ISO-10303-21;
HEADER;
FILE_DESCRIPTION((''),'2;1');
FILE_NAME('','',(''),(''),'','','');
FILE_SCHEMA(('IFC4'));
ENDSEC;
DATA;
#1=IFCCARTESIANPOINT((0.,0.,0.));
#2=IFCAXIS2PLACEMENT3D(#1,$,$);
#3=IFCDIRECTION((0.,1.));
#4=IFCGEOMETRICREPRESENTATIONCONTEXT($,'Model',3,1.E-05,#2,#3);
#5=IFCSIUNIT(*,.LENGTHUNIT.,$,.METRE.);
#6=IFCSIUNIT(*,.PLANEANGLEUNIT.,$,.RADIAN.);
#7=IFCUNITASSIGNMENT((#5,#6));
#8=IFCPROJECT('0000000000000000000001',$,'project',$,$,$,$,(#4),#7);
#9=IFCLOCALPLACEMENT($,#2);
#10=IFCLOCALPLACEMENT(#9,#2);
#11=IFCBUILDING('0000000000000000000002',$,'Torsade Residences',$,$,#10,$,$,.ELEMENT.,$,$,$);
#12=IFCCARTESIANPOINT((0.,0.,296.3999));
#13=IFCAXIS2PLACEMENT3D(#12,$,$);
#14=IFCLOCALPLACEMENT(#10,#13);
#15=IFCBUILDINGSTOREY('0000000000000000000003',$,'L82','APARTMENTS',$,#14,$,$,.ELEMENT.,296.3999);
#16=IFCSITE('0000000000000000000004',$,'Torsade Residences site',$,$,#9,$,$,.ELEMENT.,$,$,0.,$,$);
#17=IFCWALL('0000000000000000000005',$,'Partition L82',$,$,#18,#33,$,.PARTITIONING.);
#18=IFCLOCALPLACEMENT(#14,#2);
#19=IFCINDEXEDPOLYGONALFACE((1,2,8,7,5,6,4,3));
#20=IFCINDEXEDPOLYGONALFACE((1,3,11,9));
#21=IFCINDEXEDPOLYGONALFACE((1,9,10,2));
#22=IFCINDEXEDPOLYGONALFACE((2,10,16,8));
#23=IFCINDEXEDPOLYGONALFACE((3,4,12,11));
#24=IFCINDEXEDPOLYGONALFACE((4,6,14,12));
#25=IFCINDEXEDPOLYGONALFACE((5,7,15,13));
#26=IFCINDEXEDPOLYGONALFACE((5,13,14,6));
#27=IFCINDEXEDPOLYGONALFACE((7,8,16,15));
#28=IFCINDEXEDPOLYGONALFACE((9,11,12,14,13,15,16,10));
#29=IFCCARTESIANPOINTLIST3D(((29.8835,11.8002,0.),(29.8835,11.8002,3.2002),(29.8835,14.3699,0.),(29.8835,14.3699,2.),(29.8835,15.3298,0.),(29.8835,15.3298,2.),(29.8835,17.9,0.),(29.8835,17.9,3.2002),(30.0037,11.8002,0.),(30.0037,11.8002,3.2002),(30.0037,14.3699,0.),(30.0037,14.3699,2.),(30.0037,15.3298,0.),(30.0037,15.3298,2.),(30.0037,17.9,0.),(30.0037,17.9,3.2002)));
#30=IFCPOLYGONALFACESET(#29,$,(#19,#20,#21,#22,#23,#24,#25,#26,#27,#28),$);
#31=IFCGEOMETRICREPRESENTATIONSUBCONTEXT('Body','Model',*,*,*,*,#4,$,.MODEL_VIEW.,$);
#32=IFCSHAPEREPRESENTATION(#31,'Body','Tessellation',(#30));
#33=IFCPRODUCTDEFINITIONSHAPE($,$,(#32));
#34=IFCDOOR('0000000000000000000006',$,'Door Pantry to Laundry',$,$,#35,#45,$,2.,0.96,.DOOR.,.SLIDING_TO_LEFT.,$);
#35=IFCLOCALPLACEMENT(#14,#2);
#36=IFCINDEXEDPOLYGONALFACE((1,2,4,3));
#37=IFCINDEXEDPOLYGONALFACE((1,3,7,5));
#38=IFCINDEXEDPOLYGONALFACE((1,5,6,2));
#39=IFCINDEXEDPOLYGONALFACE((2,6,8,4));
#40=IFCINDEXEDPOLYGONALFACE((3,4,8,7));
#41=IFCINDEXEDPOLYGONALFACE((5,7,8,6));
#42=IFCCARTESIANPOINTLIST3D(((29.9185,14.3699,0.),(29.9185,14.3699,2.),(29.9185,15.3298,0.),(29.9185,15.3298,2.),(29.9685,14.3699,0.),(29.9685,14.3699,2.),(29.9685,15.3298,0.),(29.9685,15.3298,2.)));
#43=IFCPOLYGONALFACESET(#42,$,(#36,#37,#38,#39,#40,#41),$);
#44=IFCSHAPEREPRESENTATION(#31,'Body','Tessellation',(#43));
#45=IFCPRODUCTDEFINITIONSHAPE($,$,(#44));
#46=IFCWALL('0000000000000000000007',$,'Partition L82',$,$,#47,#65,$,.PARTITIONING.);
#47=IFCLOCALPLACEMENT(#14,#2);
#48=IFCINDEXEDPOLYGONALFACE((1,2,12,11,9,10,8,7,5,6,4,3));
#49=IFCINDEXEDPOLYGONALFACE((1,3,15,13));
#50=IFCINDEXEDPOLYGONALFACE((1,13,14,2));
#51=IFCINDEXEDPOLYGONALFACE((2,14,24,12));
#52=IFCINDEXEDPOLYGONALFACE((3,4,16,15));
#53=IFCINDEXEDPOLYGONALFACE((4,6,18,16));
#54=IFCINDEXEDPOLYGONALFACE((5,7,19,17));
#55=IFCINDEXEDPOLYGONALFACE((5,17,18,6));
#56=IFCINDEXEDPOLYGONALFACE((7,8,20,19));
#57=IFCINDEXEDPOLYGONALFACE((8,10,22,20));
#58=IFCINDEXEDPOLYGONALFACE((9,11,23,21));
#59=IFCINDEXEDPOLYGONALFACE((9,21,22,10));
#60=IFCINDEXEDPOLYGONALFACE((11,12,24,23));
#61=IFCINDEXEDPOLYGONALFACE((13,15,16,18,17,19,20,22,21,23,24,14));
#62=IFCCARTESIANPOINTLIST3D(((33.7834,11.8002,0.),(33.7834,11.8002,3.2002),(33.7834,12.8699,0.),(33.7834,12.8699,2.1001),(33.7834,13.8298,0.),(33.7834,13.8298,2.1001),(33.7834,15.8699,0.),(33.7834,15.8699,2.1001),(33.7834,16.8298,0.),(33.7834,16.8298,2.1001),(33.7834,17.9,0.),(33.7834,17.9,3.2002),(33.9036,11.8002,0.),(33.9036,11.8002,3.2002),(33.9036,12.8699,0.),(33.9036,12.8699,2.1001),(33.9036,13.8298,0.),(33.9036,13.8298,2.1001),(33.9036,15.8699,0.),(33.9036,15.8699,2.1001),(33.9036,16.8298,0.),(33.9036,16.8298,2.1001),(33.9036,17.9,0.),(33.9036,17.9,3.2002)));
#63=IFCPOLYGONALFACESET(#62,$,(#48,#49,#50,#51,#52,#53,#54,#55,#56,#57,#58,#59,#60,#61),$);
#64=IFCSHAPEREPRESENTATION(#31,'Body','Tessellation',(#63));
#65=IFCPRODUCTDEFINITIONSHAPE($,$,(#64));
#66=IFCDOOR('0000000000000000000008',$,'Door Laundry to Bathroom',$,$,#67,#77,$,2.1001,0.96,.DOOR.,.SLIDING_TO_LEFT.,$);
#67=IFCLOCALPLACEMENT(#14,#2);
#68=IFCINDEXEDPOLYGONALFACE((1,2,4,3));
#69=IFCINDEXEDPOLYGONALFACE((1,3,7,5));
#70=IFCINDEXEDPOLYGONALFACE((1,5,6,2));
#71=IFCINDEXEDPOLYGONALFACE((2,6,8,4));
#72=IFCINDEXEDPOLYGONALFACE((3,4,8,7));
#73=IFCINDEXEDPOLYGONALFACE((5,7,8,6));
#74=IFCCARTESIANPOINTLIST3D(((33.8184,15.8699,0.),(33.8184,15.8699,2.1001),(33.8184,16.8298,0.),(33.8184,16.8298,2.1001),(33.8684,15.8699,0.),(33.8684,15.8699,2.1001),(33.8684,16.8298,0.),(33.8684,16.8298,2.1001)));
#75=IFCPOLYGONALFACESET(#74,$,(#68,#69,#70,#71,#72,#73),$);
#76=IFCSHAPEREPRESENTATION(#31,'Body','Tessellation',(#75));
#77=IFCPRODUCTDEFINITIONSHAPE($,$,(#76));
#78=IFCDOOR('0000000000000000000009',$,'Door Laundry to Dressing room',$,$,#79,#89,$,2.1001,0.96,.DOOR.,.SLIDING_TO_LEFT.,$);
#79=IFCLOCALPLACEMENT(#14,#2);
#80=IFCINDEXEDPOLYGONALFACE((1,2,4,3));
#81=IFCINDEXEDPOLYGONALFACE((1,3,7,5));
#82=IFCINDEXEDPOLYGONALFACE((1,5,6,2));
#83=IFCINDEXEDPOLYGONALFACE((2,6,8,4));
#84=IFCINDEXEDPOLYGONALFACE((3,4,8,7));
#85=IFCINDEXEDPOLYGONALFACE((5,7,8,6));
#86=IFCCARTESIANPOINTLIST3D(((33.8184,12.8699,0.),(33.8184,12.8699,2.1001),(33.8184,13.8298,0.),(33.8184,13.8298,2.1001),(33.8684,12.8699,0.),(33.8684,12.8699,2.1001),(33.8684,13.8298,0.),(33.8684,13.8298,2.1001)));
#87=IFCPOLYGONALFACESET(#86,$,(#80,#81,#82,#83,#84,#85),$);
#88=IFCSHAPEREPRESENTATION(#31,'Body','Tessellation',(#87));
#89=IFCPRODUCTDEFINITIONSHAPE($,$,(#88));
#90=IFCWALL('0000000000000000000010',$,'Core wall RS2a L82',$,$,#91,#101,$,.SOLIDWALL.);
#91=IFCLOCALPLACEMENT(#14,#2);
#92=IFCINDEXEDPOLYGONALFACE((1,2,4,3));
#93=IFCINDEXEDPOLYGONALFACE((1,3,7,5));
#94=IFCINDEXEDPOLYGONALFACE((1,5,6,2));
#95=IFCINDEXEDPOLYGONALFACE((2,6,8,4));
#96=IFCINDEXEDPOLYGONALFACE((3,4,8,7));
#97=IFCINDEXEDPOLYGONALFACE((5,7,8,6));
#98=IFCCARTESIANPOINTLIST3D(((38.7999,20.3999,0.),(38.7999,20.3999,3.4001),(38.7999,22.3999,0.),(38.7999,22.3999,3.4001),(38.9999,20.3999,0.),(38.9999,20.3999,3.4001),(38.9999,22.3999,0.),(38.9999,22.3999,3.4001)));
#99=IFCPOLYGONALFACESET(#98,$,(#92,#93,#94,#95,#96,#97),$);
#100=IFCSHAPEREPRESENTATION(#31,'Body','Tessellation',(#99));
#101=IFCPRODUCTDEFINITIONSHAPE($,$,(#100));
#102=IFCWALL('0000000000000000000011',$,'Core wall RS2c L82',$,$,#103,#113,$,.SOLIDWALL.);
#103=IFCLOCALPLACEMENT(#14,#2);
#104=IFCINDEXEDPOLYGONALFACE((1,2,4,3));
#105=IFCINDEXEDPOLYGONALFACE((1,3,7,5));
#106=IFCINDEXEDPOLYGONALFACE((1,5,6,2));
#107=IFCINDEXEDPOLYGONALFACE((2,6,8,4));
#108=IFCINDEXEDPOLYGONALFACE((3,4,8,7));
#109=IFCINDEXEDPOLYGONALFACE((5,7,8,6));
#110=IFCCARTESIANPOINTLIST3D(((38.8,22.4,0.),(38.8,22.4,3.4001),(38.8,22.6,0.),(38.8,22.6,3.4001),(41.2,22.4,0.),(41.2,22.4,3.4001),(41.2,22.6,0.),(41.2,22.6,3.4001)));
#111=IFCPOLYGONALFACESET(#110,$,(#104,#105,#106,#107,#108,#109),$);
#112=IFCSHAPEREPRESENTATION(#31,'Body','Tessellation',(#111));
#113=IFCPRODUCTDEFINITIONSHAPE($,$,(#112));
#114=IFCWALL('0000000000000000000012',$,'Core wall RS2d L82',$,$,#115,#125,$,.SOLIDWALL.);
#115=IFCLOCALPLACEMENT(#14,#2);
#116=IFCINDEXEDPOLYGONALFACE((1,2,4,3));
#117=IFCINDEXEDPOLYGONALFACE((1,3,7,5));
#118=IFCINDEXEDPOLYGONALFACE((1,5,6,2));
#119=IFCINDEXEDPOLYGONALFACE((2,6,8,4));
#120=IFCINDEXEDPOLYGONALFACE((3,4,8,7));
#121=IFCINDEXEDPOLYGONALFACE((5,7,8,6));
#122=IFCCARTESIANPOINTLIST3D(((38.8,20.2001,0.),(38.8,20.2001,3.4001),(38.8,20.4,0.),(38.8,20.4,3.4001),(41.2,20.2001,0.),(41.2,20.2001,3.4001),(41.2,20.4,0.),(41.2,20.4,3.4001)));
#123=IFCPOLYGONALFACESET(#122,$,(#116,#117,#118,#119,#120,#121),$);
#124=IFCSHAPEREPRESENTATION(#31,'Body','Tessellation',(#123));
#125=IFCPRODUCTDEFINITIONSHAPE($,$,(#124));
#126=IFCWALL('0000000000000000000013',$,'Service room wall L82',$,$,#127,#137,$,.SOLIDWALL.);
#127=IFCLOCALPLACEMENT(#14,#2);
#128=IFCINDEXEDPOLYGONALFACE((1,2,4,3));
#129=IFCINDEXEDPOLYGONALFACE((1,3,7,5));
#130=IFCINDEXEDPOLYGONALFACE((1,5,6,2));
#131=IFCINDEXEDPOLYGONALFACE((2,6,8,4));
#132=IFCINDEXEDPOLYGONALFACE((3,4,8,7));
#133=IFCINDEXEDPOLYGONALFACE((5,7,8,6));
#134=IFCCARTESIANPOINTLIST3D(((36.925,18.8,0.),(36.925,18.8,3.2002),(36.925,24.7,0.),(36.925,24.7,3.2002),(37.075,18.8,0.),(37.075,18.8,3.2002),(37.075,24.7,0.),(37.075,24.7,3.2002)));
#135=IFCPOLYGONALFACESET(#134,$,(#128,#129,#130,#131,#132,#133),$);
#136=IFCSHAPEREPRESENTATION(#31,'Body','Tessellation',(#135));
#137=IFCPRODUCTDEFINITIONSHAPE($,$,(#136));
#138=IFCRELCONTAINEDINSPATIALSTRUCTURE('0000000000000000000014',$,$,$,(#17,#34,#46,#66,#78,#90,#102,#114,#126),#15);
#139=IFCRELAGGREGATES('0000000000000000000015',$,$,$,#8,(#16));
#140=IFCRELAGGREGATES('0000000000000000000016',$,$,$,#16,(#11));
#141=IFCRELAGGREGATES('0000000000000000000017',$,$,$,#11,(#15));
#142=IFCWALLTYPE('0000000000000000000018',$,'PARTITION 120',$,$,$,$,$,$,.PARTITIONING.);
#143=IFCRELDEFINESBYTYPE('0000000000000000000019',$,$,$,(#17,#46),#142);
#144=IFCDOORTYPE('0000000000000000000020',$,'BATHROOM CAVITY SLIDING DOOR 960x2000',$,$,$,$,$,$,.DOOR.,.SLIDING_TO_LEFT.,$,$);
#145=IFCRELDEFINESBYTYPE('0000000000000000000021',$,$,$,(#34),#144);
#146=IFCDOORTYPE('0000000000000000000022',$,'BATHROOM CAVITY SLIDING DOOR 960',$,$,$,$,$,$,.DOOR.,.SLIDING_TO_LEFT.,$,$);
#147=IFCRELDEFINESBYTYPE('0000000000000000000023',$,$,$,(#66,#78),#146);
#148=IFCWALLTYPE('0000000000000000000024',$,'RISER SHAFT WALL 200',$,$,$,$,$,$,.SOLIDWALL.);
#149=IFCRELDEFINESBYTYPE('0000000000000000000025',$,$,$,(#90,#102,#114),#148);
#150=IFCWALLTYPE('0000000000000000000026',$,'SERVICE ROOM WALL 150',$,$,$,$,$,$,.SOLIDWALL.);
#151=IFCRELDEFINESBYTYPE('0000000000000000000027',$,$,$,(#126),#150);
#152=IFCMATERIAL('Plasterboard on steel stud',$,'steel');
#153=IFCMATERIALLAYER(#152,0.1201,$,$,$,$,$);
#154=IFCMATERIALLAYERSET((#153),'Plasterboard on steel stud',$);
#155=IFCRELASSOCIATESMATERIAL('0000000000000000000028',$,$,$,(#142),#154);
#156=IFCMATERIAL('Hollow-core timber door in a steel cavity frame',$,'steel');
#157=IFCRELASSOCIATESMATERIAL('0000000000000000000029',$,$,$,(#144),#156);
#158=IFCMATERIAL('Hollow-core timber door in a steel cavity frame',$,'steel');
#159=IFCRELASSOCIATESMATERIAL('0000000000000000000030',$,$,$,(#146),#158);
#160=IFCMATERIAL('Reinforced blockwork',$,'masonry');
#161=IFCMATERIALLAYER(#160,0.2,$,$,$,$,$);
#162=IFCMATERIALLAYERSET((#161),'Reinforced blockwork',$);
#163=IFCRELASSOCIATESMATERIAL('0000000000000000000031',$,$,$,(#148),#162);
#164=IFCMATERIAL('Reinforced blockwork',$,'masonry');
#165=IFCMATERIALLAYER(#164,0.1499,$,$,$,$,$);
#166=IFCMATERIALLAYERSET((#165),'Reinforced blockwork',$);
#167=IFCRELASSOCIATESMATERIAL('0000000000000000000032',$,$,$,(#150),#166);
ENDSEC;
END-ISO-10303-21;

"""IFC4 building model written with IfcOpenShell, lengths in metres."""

from ifc_helpers import new_model, si_unit, direction, frame, frame_2d, origin, place, context, subcontext, project, spatial, rectangle, extrude, material, layer, layer_set, type_object, element, fill, save


model = new_model("IFC4")

# Units and contexts
model_context = context("Model", 3, precision=1e-05, world=origin(), true_north=direction((0.0, 1.0)))
body_context = subcontext(model_context, "Body", "Model", "MODEL_VIEW")
ifc_project = project(units=[si_unit("LENGTHUNIT", "METRE"), si_unit("PLANEANGLEUNIT", "RADIAN")], contexts=[model_context])

# Site, building, storey
site_placement = place(None, origin())
site = spatial("IfcSite", under=ifc_project, at=site_placement, Name="Torsade Residences site", CompositionType="ELEMENT", RefElevation=0.0)
building_placement = place(site_placement, origin())
building = spatial("IfcBuilding", under=site, at=building_placement, Name="Torsade Residences", CompositionType="ELEMENT")
storey_placement = place(building_placement, frame((0.0, 0.0, 296.3999)))
storey = spatial("IfcBuildingStorey", under=building, at=storey_placement, Name="L82", Description="APARTMENTS", CompositionType="ELEMENT", Elevation=296.3999)

# Wall, opening, door
ifc_material_1 = material(Name="Plasterboard on steel stud", Category="steel")
ifc_layer_1 = layer(ifc_material_1, 0.1201)
ifc_layer_set_1 = layer_set([ifc_layer_1], Name="Plasterboard on steel stud")
wall_type_1 = type_object("IfcWallType", Name="PARTITION 120", PredefinedType="PARTITIONING", material=ifc_layer_set_1)
wall_1_placement = place(storey_placement, frame((29.9436, 17.8999, 0.0), z_axis=(0.0, 0.0, 1.0), x_axis=(0.0, -1.0, 0.0)))
wall_1 = element("IfcWall", 1, at=wall_1_placement, inside=storey, type_object=wall_type_1, Name="Partition L82", PredefinedType="PARTITIONING", context=body_context, shape_type="SweptSolid", body=[
    extrude(rectangle(XDim=6.0999, YDim=0.1201, at=frame_2d((3.0498, 0.0))), origin(), (0.0, 0.0, 1.0), 3.2002),
])
opening_1_placement = place(wall_1_placement, frame((2.5701, 0.0, 0.0)))
opening_1 = element("IfcOpeningElement", 2, at=opening_1_placement, cuts=wall_1, PredefinedType="OPENING", context=body_context, shape_type="SweptSolid", body=[
    extrude(rectangle(XDim=0.96, YDim=2.0, at=frame_2d((0.48, 1.0))), frame((0.0, 0.0701, 0.0), z_axis=(0.0, -1.0, 0.0), x_axis=(1.0, 0.0, 0.0)), (0.0, 0.0, 1.0), 0.1401),
])
ifc_material_2 = material(Name="Hollow-core timber door in a steel cavity frame", Category="steel")
door_type_1 = type_object("IfcDoorType", Name="BATHROOM CAVITY SLIDING DOOR 960x2000", OperationType="SLIDING_TO_LEFT", PredefinedType="DOOR", material=ifc_material_2)
door_1_placement = place(opening_1_placement, origin())
door_1 = element("IfcDoor", 3, at=door_1_placement, inside=storey, type_object=door_type_1, Name="Door Pantry to Laundry", OperationType="SLIDING_TO_LEFT", OverallHeight=2.0, OverallWidth=0.96, PredefinedType="DOOR", context=body_context, shape_type="SweptSolid", body=[
    extrude(rectangle(XDim=0.96, YDim=2.0, at=frame_2d((0.48, 1.0))), frame((0.0, 0.0249, 0.0), z_axis=(0.0, -1.0, 0.0), x_axis=(1.0, 0.0, 0.0)), (0.0, 0.0, 1.0), 0.05),
])
fill(opening_1, door_1)

# Wall, openings, doors
wall_2_placement = place(storey_placement, frame((33.8435, 17.8999, 0.0), z_axis=(0.0, 0.0, 1.0), x_axis=(0.0, -1.0, 0.0)))
wall_2 = element("IfcWall", 4, at=wall_2_placement, inside=storey, type_object=wall_type_1, Name="Partition L82", PredefinedType="PARTITIONING", context=body_context, shape_type="SweptSolid", body=[
    extrude(rectangle(XDim=6.0999, YDim=0.1201, at=frame_2d((3.0498, 0.0))), origin(), (0.0, 0.0, 1.0), 3.2002),
])
opening_2_placement = place(wall_2_placement, frame((1.0701, 0.0, 0.0)))
opening_2 = element("IfcOpeningElement", 5, at=opening_2_placement, cuts=wall_2, PredefinedType="OPENING", context=body_context, shape_type="SweptSolid", body=[
    extrude(rectangle(XDim=0.96, YDim=2.1001, at=frame_2d((0.48, 1.05))), frame((0.0, 0.0701, 0.0), z_axis=(0.0, -1.0, 0.0), x_axis=(1.0, 0.0, 0.0)), (0.0, 0.0, 1.0), 0.1401),
])
opening_3_placement = place(wall_2_placement, frame((4.0701, 0.0, 0.0)))
opening_3 = element("IfcOpeningElement", 6, at=opening_3_placement, cuts=wall_2, PredefinedType="OPENING", context=body_context, shape_type="SweptSolid", body=[
    extrude(rectangle(XDim=0.96, YDim=2.1001, at=frame_2d((0.48, 1.05))), frame((0.0, 0.0701, 0.0), z_axis=(0.0, -1.0, 0.0), x_axis=(1.0, 0.0, 0.0)), (0.0, 0.0, 1.0), 0.1401),
])
ifc_material_3 = material(Name="Hollow-core timber door in a steel cavity frame", Category="steel")
door_type_2 = type_object("IfcDoorType", Name="BATHROOM CAVITY SLIDING DOOR 960", OperationType="SLIDING_TO_LEFT", PredefinedType="DOOR", material=ifc_material_3)
door_2_placement = place(opening_2_placement, origin())
door_2 = element("IfcDoor", 7, at=door_2_placement, inside=storey, type_object=door_type_2, Name="Door Laundry to Bathroom", OperationType="SLIDING_TO_LEFT", OverallHeight=2.1001, OverallWidth=0.96, PredefinedType="DOOR", context=body_context, shape_type="SweptSolid", body=[
    extrude(rectangle(XDim=0.96, YDim=2.1001, at=frame_2d((0.48, 1.05))), frame((0.0, 0.0249, 0.0), z_axis=(0.0, -1.0, 0.0), x_axis=(1.0, 0.0, 0.0)), (0.0, 0.0, 1.0), 0.05),
])
fill(opening_2, door_2)
door_3_placement = place(opening_3_placement, origin())
door_3 = element("IfcDoor", 8, at=door_3_placement, inside=storey, type_object=door_type_2, Name="Door Laundry to Dressing room", OperationType="SLIDING_TO_LEFT", OverallHeight=2.1001, OverallWidth=0.96, PredefinedType="DOOR", context=body_context, shape_type="SweptSolid", body=[
    extrude(rectangle(XDim=0.96, YDim=2.1001, at=frame_2d((0.48, 1.05))), frame((0.0, 0.0249, 0.0), z_axis=(0.0, -1.0, 0.0), x_axis=(1.0, 0.0, 0.0)), (0.0, 0.0, 1.0), 0.05),
])
fill(opening_3, door_3)

# Walls
ifc_material_4 = material(Name="Reinforced blockwork", Category="masonry")
ifc_layer_2 = layer(ifc_material_4, 0.2)
ifc_layer_set_2 = layer_set([ifc_layer_2], Name="Reinforced blockwork")
wall_type_2 = type_object("IfcWallType", Name="RISER SHAFT WALL 200", PredefinedType="SOLIDWALL", material=ifc_layer_set_2)
wall_3_placement = place(storey_placement, frame((38.8999, 22.3999, 0.0), z_axis=(0.0, 0.0, 1.0), x_axis=(0.0, -1.0, 0.0)))
element("IfcWall", 9, at=wall_3_placement, inside=storey, type_object=wall_type_2, Name="Core wall RS2a L82", PredefinedType="SOLIDWALL", context=body_context, shape_type="SweptSolid", body=[
    extrude(rectangle(XDim=2.0, YDim=0.2, at=frame_2d((1.0, 0.0))), origin(), (0.0, 0.0, 1.0), 3.4001),
])
for number, where, z_axis, x_axis, name in (
    (10, (38.8, 22.5, 0.0), (0.0, 0.0, 1.0), (1.0, 0.0, 0.0), "Core wall RS2c L82"),
    (11, (38.8, 20.3, 0.0), (0.0, 0.0, 1.0), (1.0, 0.0, 0.0), "Core wall RS2d L82"),
):
    element("IfcWall", number, at=place(storey_placement, frame(where, z_axis=z_axis, x_axis=x_axis)), inside=storey, type_object=wall_type_2, Name=name, PredefinedType="SOLIDWALL", context=body_context, shape_type="SweptSolid", body=[
        extrude(rectangle(XDim=2.3999, YDim=0.2, at=frame_2d((1.2, 0.0))), origin(), (0.0, 0.0, 1.0), 3.4001),
    ])
ifc_material_5 = material(Name="Reinforced blockwork", Category="masonry")
ifc_layer_3 = layer(ifc_material_5, 0.1499)
ifc_layer_set_3 = layer_set([ifc_layer_3], Name="Reinforced blockwork")
wall_type_3 = type_object("IfcWallType", Name="SERVICE ROOM WALL 150", PredefinedType="SOLIDWALL", material=ifc_layer_set_3)
wall_4_placement = place(storey_placement, frame((37.0, 18.8, 0.0), z_axis=(0.0, 0.0, 1.0), x_axis=(0.0, 1.0, 0.0)))
element("IfcWall", 12, at=wall_4_placement, inside=storey, type_object=wall_type_3, Name="Service room wall L82", PredefinedType="SOLIDWALL", context=body_context, shape_type="SweptSolid", body=[
    extrude(rectangle(XDim=5.8999, YDim=0.1499, at=frame_2d((2.95, 0.0))), origin(), (0.0, 0.0, 1.0), 3.2002),
])

save(model, "model.ifc")
